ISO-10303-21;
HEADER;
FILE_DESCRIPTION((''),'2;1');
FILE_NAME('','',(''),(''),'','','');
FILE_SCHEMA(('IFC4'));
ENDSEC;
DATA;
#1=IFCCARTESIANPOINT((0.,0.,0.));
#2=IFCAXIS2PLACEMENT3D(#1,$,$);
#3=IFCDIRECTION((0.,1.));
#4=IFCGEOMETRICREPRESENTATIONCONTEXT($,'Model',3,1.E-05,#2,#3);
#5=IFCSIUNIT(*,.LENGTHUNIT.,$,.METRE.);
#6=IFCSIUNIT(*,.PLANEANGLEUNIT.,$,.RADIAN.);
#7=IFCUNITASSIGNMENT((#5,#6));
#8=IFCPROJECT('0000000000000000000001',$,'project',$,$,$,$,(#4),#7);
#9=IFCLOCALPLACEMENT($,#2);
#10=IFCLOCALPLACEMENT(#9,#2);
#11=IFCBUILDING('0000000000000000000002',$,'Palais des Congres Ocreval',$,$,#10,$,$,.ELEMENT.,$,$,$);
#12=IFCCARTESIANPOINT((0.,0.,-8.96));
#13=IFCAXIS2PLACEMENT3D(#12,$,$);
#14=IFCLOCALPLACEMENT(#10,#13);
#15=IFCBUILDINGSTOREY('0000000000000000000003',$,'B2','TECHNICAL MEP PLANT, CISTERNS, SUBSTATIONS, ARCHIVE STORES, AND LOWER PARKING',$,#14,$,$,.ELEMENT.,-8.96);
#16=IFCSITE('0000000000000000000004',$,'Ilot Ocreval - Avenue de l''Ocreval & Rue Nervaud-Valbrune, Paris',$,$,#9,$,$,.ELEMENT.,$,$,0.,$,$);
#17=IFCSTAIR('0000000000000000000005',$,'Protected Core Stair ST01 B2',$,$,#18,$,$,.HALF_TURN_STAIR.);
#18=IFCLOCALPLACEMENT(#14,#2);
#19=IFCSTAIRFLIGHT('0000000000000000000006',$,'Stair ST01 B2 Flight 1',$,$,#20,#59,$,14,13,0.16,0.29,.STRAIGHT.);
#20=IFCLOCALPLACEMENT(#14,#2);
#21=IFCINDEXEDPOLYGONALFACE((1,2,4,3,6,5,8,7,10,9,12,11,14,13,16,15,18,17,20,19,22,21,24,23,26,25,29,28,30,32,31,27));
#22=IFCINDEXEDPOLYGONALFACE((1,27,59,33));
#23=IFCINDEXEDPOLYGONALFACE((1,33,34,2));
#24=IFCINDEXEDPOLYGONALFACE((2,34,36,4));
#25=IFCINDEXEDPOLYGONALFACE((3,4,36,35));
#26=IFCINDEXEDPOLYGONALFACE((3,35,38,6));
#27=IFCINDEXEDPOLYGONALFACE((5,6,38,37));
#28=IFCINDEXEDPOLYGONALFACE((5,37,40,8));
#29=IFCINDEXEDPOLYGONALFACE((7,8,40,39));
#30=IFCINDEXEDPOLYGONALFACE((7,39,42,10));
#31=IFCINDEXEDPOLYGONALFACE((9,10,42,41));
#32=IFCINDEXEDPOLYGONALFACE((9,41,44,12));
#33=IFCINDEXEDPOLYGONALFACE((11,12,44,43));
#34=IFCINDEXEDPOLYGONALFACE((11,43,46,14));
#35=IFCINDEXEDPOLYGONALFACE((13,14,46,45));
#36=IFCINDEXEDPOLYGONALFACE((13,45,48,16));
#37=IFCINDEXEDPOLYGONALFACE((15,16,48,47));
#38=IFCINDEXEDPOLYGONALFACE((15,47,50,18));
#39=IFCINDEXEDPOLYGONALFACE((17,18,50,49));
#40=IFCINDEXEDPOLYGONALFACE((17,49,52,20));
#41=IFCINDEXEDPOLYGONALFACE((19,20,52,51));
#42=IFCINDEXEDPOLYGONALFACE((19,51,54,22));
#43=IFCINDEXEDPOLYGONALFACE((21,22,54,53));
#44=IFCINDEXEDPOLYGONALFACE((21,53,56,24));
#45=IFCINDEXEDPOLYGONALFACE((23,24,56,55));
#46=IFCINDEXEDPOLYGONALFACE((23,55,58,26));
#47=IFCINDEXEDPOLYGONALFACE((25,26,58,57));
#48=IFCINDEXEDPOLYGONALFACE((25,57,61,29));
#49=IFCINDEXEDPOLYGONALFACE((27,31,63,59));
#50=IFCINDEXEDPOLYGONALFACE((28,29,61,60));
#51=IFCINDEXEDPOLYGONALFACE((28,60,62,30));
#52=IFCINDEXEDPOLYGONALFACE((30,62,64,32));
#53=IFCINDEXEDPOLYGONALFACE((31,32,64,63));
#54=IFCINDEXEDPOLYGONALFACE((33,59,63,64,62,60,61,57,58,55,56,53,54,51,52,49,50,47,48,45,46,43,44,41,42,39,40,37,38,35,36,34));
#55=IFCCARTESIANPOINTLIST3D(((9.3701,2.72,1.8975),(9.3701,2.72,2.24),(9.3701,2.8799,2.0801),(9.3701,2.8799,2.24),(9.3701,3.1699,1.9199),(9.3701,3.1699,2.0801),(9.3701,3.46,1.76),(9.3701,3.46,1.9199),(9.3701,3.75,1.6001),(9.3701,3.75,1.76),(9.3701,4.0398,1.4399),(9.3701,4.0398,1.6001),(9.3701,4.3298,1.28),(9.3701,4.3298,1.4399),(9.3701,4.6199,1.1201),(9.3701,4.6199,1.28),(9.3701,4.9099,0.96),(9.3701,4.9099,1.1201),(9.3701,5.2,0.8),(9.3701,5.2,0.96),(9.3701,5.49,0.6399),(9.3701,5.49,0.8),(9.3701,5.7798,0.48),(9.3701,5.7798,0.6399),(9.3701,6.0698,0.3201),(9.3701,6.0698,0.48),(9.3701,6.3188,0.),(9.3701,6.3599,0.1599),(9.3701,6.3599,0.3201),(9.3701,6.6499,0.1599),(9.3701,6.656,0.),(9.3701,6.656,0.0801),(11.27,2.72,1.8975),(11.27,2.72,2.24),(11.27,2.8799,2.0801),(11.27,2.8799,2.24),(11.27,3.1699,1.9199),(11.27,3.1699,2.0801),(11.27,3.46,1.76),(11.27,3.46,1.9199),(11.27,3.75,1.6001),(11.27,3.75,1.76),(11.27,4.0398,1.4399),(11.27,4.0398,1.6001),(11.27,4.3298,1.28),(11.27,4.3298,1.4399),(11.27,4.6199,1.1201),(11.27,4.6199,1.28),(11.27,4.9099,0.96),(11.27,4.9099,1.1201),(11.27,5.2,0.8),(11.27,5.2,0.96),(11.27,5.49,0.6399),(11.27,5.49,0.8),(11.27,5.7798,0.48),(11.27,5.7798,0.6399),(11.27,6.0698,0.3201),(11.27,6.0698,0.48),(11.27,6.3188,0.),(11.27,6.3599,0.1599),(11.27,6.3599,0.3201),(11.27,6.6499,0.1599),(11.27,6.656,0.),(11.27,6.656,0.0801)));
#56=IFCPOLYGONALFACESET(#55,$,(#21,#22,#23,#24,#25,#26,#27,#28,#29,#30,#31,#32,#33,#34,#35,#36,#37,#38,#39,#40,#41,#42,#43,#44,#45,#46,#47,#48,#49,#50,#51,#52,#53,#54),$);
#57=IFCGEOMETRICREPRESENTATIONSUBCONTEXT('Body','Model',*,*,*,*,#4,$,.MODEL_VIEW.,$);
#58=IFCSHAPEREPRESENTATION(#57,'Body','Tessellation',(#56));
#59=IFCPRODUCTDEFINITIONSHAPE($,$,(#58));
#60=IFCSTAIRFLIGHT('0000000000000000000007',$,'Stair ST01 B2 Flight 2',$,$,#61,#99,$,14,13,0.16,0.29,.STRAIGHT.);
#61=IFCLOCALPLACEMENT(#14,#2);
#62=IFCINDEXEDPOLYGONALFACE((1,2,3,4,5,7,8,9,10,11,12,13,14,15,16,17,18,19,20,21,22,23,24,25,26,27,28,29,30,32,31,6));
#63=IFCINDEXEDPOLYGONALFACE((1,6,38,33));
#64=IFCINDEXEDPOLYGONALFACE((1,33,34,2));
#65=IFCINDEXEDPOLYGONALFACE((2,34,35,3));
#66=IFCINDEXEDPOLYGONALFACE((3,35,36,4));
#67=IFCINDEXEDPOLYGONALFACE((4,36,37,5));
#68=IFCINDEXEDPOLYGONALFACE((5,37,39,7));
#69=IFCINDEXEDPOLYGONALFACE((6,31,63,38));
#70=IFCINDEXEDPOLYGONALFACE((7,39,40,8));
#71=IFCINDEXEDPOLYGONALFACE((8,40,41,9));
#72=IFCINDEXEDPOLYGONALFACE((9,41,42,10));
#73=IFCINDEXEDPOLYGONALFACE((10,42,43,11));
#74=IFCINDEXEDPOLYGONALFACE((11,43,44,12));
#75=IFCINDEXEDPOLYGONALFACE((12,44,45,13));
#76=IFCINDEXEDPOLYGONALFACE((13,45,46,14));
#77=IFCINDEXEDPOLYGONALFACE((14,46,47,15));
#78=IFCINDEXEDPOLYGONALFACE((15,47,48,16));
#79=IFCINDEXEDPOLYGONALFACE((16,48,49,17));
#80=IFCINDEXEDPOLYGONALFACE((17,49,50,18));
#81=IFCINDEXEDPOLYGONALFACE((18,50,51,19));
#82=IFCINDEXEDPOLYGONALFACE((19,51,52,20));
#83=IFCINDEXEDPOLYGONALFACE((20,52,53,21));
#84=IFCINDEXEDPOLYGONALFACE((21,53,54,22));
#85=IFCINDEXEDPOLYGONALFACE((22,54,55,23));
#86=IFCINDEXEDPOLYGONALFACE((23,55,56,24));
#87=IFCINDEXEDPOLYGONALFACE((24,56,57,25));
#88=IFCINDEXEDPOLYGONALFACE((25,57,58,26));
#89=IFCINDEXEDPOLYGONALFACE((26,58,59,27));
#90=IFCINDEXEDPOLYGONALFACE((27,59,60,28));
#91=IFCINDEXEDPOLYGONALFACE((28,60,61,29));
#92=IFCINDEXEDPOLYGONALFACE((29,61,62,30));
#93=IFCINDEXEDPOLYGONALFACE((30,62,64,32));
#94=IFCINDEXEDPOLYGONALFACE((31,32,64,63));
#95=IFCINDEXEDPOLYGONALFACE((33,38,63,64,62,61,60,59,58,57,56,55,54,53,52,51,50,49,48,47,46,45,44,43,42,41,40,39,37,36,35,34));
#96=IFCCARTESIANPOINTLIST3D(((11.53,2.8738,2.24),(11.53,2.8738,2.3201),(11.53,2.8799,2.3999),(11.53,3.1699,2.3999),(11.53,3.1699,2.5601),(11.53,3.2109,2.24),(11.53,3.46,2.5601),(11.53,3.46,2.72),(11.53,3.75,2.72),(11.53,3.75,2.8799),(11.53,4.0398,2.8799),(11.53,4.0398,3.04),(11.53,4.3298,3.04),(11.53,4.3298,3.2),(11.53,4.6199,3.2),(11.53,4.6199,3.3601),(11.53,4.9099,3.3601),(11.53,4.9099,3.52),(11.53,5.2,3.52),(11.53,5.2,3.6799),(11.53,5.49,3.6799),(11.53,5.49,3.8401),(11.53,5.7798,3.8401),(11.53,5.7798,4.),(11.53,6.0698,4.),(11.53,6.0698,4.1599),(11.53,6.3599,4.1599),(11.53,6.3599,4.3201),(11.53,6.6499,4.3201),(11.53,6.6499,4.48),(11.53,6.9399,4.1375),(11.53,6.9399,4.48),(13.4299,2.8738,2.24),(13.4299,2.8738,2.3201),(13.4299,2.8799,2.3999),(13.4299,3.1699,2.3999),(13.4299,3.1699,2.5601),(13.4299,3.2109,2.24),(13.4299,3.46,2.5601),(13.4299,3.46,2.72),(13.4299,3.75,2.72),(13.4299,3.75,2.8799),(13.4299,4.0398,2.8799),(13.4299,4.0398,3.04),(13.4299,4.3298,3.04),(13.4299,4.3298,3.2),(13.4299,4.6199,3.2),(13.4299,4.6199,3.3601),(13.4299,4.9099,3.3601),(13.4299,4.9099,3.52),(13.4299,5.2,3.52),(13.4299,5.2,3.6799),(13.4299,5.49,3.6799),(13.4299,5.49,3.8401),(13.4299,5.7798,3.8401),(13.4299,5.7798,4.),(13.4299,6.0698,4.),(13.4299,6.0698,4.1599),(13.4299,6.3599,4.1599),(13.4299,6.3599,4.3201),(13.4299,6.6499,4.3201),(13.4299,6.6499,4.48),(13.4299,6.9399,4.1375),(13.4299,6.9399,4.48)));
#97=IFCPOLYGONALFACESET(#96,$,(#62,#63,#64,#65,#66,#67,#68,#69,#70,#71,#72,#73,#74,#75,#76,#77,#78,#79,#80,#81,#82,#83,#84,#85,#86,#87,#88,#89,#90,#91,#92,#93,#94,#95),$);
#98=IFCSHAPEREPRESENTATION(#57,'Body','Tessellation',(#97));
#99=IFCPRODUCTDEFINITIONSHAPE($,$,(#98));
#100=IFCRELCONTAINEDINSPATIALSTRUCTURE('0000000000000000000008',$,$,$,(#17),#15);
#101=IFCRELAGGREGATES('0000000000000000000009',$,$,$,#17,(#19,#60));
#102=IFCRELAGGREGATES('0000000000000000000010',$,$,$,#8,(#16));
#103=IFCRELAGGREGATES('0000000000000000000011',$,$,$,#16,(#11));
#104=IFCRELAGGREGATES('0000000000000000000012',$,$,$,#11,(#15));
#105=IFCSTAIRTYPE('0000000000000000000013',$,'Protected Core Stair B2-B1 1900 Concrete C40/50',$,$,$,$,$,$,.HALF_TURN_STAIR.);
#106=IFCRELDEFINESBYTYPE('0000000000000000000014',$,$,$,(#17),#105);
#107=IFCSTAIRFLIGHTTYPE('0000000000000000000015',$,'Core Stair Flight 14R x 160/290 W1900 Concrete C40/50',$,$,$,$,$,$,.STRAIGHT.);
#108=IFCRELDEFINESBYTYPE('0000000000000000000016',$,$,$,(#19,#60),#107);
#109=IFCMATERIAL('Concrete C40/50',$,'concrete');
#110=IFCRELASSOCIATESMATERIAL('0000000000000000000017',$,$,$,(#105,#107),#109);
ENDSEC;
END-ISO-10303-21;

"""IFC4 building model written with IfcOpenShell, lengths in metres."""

from ifc_helpers import new_model, si_unit, direction, frame, origin, place, context, subcontext, project, spatial, polyline, outline, extrude, material, type_object, element, aggregate, save


model = new_model("IFC4")

# Units and contexts
model_context = context("Model", 3, precision=1e-05, world=origin(), true_north=direction((0.0, 1.0)))
body_context = subcontext(model_context, "Body", "Model", "MODEL_VIEW")
ifc_project = project(units=[si_unit("LENGTHUNIT", "METRE"), si_unit("PLANEANGLEUNIT", "RADIAN")], contexts=[model_context])

# Site, building, storey
site_placement = place(None, origin())
site = spatial("IfcSite", under=ifc_project, at=site_placement, Name="Ilot Ocreval - Avenue de l'Ocreval & Rue Nervaud-Valbrune, Paris", CompositionType="ELEMENT", RefElevation=0.0)
building_placement = place(site_placement, origin())
building = spatial("IfcBuilding", under=site, at=building_placement, Name="Palais des Congres Ocreval", CompositionType="ELEMENT")
storey_placement = place(building_placement, frame((0.0, 0.0, -8.96)))
storey = spatial("IfcBuildingStorey", under=building, at=storey_placement, Name="B2", Description="TECHNICAL MEP PLANT, CISTERNS, SUBSTATIONS, ARCHIVE STORES, AND LOWER PARKING", CompositionType="ELEMENT", Elevation=-8.96)

# Shared definitions
ifc_material_1 = material(Name="Concrete C40/50", Category="concrete")

# Stair, stair flights
stair_type = type_object("IfcStairType", Name="Protected Core Stair B2-B1 1900 Concrete C40/50", PredefinedType="HALF_TURN_STAIR", material=ifc_material_1)
stair_placement = place(storey_placement, origin())
stair = element("IfcStair", 1, at=stair_placement, inside=storey, type_object=stair_type, Name="Protected Core Stair ST01 B2", PredefinedType="HALF_TURN_STAIR")
stair_flight_type = type_object("IfcStairFlightType", Name="Core Stair Flight 14R x 160/290 W1900 Concrete C40/50", PredefinedType="STRAIGHT", material=ifc_material_1)
stair_flight_1_placement = place(storey_placement, frame((10.3201, 6.6499, 0.0), z_axis=(0.0, 0.0, 1.0), x_axis=(0.0, -1.0, 0.0)))
stair_flight_1 = element("IfcStairFlight", 2, at=stair_flight_1_placement, type_object=stair_flight_type, Name="Stair ST01 B2 Flight 1", NumberOfRisers=14, NumberOfTreads=13, PredefinedType="STRAIGHT", RiserHeight=0.16, TreadLength=0.29, context=body_context, shape_type="SweptSolid", body=[
    extrude(outline(polyline([(-0.0061, 0.0), (-0.0061, 0.0801), (0.0, 0.1599), (0.29, 0.1599), (0.29, 0.3201), (0.5801, 0.3201), (0.5801, 0.48), (0.8701, 0.48), (0.8701, 0.6399), (1.1599, 0.6399), (1.1599, 0.8), (1.45, 0.8), (1.45, 0.96), (1.74, 0.96), (1.74, 1.1201), (2.03, 1.1201), (2.03, 1.28), (2.3201, 1.28), (2.3201, 1.4399), (2.6101, 1.4399), (2.6101, 1.6001), (2.8999, 1.6001), (2.8999, 1.76), (3.1899, 1.76), (3.1899, 1.9199), (3.48, 1.9199), (3.48, 2.0801), (3.77, 2.0801), (3.77, 2.24), (3.9299, 2.24), (3.9299, 1.8975), (0.3311, 0.0), (-0.0061, 0.0)])), frame((0.0, 0.95, 0.0), z_axis=(0.0, -1.0, 0.0), x_axis=(1.0, 0.0, 0.0)), (0.0, 0.0, 1.0), 1.8999),
])
stair_flight_2_placement = place(storey_placement, frame((12.48, 2.8799, 2.24), z_axis=(0.0, 0.0, 1.0), x_axis=(0.0, 1.0, 0.0)))
stair_flight_2 = element("IfcStairFlight", 3, at=stair_flight_2_placement, type_object=stair_flight_type, Name="Stair ST01 B2 Flight 2", NumberOfRisers=14, NumberOfTreads=13, PredefinedType="STRAIGHT", RiserHeight=0.16, TreadLength=0.29, context=body_context, shape_type="SweptSolid", body=[
    extrude(outline(polyline([(-0.0061, 0.0), (-0.0061, 0.0801), (0.0, 0.1599), (0.29, 0.1599), (0.29, 0.3201), (0.5801, 0.3201), (0.5801, 0.48), (0.8701, 0.48), (0.8701, 0.6399), (1.1599, 0.6399), (1.1599, 0.8), (1.45, 0.8), (1.45, 0.96), (1.74, 0.96), (1.74, 1.1201), (2.03, 1.1201), (2.03, 1.28), (2.3201, 1.28), (2.3201, 1.4399), (2.6101, 1.4399), (2.6101, 1.6001), (2.8999, 1.6001), (2.8999, 1.76), (3.1899, 1.76), (3.1899, 1.9199), (3.48, 1.9199), (3.48, 2.0801), (3.77, 2.0801), (3.77, 2.24), (4.0601, 2.24), (4.0601, 1.8975), (0.3311, 0.0), (-0.0061, 0.0)])), frame((0.0, 0.95, 0.0), z_axis=(0.0, -1.0, 0.0), x_axis=(1.0, 0.0, 0.0)), (0.0, 0.0, 1.0), 1.8999),
])
aggregate(stair, [stair_flight_1, stair_flight_2])

save(model, "model.ifc")
